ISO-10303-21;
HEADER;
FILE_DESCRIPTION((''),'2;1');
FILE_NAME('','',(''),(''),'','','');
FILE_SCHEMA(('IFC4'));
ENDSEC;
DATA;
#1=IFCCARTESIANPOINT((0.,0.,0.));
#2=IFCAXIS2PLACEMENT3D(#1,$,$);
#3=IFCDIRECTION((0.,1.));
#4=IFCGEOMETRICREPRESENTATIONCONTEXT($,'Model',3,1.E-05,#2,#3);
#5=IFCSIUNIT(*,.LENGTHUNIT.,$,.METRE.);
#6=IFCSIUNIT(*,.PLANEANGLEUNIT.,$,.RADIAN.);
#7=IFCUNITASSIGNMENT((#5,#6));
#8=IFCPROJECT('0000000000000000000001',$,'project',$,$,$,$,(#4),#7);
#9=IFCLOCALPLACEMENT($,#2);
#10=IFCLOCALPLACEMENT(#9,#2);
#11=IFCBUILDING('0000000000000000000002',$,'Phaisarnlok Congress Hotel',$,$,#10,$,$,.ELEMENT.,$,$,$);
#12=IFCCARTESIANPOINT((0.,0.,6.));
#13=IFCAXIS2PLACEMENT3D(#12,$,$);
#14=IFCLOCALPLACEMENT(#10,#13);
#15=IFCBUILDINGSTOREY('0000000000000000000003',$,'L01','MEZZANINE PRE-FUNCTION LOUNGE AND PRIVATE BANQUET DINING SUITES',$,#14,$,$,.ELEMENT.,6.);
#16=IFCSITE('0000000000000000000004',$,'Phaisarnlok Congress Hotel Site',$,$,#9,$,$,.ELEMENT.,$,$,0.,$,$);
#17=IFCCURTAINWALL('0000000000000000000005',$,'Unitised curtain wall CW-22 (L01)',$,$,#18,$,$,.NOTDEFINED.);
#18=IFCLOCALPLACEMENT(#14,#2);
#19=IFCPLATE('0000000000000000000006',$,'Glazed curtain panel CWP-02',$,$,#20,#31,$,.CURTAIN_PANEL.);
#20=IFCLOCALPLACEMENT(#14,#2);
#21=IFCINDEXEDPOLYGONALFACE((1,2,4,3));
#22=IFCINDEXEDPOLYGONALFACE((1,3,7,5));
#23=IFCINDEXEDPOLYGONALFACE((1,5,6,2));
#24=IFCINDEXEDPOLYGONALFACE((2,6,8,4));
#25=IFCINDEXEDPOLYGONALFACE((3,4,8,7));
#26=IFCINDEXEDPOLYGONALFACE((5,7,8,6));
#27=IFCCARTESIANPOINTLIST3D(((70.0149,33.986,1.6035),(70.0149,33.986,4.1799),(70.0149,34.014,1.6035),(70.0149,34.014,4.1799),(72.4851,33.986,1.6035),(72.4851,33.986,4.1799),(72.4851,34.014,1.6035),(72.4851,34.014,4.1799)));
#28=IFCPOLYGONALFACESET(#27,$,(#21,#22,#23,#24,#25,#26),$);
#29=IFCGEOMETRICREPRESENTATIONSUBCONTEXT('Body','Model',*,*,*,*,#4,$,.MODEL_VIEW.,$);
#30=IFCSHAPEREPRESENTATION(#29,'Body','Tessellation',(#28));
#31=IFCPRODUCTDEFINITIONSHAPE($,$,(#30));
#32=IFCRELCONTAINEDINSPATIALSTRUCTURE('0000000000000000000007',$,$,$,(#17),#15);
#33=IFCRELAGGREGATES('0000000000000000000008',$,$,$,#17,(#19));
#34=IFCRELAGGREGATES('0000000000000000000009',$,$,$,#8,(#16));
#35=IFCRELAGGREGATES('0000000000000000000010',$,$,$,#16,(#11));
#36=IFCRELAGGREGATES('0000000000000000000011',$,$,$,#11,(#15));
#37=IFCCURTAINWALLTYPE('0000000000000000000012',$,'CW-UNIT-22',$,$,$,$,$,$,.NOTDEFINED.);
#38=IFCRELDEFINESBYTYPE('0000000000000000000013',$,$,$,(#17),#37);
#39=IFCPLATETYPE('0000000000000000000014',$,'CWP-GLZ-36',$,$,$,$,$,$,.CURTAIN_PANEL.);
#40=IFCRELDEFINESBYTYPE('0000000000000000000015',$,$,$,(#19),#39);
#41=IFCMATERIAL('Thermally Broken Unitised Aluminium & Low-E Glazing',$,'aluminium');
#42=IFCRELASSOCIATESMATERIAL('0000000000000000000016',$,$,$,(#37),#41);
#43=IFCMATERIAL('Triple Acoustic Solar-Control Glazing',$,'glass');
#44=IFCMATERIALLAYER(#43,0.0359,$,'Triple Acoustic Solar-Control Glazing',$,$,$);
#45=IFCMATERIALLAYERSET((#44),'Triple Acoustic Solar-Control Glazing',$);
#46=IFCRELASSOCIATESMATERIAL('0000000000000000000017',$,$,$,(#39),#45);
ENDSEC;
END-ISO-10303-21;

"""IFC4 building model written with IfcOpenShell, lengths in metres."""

from ifc_helpers import new_model, si_unit, direction, frame, frame_2d, origin, place, context, subcontext, project, spatial, rectangle, extrude, material, layer, layer_set, type_object, element, aggregate, save


model = new_model("IFC4")

# Units and contexts
model_context = context("Model", 3, precision=1e-05, world=origin(), true_north=direction((0.0, 1.0)))
body_context = subcontext(model_context, "Body", "Model", "MODEL_VIEW")
ifc_project = project(units=[si_unit("LENGTHUNIT", "METRE"), si_unit("PLANEANGLEUNIT", "RADIAN")], contexts=[model_context])

# Site, building, storey
site_placement = place(None, origin())
site = spatial("IfcSite", under=ifc_project, at=site_placement, Name="Phaisarnlok Congress Hotel Site", CompositionType="ELEMENT", RefElevation=0.0)
building_placement = place(site_placement, origin())
building = spatial("IfcBuilding", under=site, at=building_placement, Name="Phaisarnlok Congress Hotel", CompositionType="ELEMENT")
storey_placement = place(building_placement, frame((0.0, 0.0, 6.0)))
storey = spatial("IfcBuildingStorey", under=building, at=storey_placement, Name="L01", Description="MEZZANINE PRE-FUNCTION LOUNGE AND PRIVATE BANQUET DINING SUITES", CompositionType="ELEMENT", Elevation=6.0)

# Curtain wall, plate
ifc_material_1 = material(Name="Thermally Broken Unitised Aluminium & Low-E Glazing", Category="aluminium")
curtain_wall_type = type_object("IfcCurtainWallType", Name="CW-UNIT-22", PredefinedType="NOTDEFINED", material=ifc_material_1)
curtain_wall_placement = place(storey_placement, origin())
curtain_wall = element("IfcCurtainWall", 1, at=curtain_wall_placement, inside=storey, type_object=curtain_wall_type, Name="Unitised curtain wall CW-22 (L01)", PredefinedType="NOTDEFINED")
ifc_material_2 = material(Name="Triple Acoustic Solar-Control Glazing", Category="glass")
ifc_layer = layer(ifc_material_2, 0.0359, Name="Triple Acoustic Solar-Control Glazing")
ifc_layer_set = layer_set([ifc_layer], Name="Triple Acoustic Solar-Control Glazing")
plate_type = type_object("IfcPlateType", Name="CWP-GLZ-36", PredefinedType="CURTAIN_PANEL", material=ifc_layer_set)
plate_1_placement = place(storey_placement, frame((70.0149, 34.0, 1.6035), z_axis=(0.0, 0.0, 1.0), x_axis=(1.0, 0.0, 0.0)))
plate_1 = element("IfcPlate", 2, at=plate_1_placement, type_object=plate_type, Name="Glazed curtain panel CWP-02", PredefinedType="CURTAIN_PANEL", context=body_context, shape_type="SweptSolid", body=[
    extrude(rectangle(XDim=2.4702, YDim=0.0281, at=frame_2d((1.2351, 0.0))), origin(), (0.0, 0.0, 1.0), 2.5764),
])
aggregate(curtain_wall, [plate_1])

save(model, "model.ifc")
